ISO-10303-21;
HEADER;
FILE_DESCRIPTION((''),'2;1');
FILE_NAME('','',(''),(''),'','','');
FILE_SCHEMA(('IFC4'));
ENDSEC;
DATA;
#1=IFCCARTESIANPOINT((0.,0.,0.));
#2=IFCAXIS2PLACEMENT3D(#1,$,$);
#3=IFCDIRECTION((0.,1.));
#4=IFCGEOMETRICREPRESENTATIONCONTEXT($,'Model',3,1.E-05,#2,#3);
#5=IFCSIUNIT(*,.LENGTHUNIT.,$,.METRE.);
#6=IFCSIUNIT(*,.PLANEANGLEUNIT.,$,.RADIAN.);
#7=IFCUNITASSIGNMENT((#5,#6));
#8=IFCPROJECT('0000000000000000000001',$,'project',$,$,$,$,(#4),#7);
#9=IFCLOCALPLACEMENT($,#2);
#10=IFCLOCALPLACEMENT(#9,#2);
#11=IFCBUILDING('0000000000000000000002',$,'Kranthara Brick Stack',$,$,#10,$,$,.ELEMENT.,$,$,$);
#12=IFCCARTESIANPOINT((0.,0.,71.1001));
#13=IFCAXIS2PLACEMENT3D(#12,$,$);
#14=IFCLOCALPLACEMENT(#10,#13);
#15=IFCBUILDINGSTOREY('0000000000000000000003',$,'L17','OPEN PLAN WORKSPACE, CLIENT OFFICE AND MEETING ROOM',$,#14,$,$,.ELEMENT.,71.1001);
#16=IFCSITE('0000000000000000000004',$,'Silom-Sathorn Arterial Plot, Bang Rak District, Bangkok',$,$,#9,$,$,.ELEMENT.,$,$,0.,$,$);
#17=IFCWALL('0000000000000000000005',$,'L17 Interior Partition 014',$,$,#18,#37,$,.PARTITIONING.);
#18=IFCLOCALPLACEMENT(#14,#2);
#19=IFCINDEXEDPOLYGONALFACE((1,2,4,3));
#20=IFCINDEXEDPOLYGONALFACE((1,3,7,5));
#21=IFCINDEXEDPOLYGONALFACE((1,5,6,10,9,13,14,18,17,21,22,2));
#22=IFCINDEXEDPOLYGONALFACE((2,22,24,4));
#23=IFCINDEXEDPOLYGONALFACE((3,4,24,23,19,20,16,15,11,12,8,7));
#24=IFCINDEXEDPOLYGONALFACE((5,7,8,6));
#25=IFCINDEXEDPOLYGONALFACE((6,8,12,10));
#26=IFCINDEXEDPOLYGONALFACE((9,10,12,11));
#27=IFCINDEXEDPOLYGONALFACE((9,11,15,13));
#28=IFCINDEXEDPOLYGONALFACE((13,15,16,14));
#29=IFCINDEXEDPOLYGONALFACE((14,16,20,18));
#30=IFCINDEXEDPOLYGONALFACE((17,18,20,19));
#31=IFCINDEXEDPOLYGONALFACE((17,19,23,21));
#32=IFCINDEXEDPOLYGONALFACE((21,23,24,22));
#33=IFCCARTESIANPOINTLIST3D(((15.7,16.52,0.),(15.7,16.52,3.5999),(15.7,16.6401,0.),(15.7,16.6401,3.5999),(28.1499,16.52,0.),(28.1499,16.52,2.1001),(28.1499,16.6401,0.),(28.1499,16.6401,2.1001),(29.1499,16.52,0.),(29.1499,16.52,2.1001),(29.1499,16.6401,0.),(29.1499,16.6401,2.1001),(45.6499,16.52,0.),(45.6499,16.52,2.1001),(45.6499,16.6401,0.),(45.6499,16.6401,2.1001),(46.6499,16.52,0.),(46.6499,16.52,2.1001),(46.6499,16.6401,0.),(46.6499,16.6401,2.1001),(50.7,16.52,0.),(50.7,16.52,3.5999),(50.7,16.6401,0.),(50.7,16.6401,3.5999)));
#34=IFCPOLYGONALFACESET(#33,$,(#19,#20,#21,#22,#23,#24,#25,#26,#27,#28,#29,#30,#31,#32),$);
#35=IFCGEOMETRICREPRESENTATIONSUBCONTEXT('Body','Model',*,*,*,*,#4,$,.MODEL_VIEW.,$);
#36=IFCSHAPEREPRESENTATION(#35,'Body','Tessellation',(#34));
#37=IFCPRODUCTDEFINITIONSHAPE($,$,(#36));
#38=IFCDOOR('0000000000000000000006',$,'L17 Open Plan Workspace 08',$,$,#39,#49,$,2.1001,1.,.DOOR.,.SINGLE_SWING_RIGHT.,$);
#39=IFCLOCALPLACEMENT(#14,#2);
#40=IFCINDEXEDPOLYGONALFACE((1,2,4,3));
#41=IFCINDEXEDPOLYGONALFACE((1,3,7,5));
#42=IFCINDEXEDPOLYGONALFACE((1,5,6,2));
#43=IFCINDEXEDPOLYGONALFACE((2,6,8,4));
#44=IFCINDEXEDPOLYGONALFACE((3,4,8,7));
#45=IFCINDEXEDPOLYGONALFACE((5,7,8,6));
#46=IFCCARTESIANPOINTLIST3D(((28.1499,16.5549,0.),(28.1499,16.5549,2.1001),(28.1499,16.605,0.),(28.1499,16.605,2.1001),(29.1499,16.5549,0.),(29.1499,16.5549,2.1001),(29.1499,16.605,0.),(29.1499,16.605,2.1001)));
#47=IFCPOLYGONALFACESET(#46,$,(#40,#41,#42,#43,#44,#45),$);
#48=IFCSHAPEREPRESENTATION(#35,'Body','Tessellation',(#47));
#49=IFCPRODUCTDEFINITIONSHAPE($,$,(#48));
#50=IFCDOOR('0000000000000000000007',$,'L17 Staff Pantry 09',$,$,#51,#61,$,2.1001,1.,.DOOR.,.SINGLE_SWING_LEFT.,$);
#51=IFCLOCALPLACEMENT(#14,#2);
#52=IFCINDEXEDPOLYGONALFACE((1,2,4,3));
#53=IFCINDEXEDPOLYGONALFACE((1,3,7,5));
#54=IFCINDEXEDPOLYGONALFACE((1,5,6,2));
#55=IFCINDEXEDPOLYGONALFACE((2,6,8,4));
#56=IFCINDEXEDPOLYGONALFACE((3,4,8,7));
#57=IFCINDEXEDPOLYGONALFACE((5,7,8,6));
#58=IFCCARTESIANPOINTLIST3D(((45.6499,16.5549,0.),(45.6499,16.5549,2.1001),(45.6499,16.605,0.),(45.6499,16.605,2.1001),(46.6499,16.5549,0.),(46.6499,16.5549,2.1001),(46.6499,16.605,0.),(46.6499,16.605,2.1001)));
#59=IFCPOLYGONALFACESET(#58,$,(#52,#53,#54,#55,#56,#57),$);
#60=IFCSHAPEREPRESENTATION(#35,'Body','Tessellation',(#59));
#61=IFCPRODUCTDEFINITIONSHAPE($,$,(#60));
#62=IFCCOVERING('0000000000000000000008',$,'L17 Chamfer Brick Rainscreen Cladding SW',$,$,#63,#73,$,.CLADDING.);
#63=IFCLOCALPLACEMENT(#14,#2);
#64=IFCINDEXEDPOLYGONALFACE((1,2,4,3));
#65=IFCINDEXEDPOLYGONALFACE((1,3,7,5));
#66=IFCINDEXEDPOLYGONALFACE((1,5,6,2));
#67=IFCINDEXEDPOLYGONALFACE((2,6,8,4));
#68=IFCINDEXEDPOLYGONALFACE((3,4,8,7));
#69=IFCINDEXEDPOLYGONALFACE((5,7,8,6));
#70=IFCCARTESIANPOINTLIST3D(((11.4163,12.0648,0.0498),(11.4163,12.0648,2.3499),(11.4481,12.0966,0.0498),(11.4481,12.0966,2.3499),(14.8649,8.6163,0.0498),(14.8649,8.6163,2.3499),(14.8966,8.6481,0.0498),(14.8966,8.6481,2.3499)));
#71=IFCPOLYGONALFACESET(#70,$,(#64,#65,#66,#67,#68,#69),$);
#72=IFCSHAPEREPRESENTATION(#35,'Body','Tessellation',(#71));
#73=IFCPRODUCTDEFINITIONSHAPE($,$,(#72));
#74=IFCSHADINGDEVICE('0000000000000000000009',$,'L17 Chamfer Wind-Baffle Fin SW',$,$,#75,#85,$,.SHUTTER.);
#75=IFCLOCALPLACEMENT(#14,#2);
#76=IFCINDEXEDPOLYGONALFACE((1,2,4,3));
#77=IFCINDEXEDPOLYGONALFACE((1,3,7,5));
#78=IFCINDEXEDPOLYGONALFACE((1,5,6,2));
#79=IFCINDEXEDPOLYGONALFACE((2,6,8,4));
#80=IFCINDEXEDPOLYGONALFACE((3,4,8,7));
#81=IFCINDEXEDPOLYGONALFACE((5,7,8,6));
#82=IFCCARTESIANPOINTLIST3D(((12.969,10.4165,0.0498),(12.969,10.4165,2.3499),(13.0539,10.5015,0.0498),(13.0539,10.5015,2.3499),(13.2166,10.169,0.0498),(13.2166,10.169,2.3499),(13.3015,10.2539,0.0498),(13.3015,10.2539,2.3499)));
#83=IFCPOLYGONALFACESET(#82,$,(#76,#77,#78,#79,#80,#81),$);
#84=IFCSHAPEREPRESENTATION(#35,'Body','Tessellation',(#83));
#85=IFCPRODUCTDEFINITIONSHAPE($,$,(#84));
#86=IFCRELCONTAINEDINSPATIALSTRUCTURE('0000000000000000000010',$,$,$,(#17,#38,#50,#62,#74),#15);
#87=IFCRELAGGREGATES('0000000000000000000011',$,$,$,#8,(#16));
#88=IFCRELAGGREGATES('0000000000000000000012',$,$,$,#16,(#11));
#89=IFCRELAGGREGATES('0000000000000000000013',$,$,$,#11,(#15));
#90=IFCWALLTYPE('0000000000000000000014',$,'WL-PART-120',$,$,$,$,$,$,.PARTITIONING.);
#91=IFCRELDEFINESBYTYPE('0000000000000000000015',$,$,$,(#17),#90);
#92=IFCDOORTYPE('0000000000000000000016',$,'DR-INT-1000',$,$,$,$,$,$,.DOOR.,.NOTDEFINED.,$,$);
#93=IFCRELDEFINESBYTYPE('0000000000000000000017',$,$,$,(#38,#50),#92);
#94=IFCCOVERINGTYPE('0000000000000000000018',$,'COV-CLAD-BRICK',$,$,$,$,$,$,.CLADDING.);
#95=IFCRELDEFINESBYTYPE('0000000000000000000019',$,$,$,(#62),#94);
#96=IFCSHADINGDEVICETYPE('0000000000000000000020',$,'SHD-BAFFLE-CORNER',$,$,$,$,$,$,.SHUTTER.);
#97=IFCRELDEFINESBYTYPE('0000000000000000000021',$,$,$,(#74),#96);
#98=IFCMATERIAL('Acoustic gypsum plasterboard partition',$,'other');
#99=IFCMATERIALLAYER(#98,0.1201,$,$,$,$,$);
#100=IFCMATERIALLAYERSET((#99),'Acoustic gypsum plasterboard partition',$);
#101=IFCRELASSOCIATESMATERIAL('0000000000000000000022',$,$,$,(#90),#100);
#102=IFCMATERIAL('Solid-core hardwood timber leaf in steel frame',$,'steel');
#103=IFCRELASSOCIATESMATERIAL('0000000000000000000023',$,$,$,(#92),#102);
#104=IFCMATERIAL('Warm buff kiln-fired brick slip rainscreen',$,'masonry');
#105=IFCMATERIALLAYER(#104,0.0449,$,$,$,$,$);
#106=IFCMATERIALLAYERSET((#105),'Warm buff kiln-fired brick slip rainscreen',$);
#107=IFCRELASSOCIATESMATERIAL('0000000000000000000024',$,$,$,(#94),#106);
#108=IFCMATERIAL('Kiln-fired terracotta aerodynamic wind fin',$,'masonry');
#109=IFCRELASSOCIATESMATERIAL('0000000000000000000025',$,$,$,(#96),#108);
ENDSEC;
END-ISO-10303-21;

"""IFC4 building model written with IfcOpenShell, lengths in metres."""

from ifc_helpers import new_model, si_unit, direction, frame, frame_2d, origin, origin_2d, place, context, subcontext, project, spatial, rectangle, extrude, material, layer, layer_set, type_object, element, fill, save


model = new_model("IFC4")

# Units and contexts
model_context = context("Model", 3, precision=1e-05, world=origin(), true_north=direction((0.0, 1.0)))
body_context = subcontext(model_context, "Body", "Model", "MODEL_VIEW")
ifc_project = project(units=[si_unit("LENGTHUNIT", "METRE"), si_unit("PLANEANGLEUNIT", "RADIAN")], contexts=[model_context])

# Site, building, storey
site_placement = place(None, origin())
site = spatial("IfcSite", under=ifc_project, at=site_placement, Name="Silom-Sathorn Arterial Plot, Bang Rak District, Bangkok", CompositionType="ELEMENT", RefElevation=0.0)
building_placement = place(site_placement, origin())
building = spatial("IfcBuilding", under=site, at=building_placement, Name="Kranthara Brick Stack", CompositionType="ELEMENT")
storey_placement = place(building_placement, frame((0.0, 0.0, 71.1001)))
storey = spatial("IfcBuildingStorey", under=building, at=storey_placement, Name="L17", Description="OPEN PLAN WORKSPACE, CLIENT OFFICE AND MEETING ROOM", CompositionType="ELEMENT", Elevation=71.1001)

# Shared definitions
ifc_material_1 = material(Name="Acoustic gypsum plasterboard partition", Category="other")
ifc_layer_1 = layer(ifc_material_1, 0.1201)
ifc_layer_set_1 = layer_set([ifc_layer_1], Name="Acoustic gypsum plasterboard partition")
wall_type_1 = type_object("IfcWallType", Name="WL-PART-120", PredefinedType="PARTITIONING", material=ifc_layer_set_1)

# Wall, openings, doors
wall_1_placement = place(storey_placement, frame((15.7, 16.5801, 0.0), z_axis=(0.0, 0.0, 1.0), x_axis=(1.0, 0.0, 0.0)))
wall_1 = element("IfcWall", 1, at=wall_1_placement, inside=storey, type_object=wall_type_1, Name="L17 Interior Partition 014", PredefinedType="PARTITIONING", context=body_context, shape_type="SweptSolid", body=[
    extrude(rectangle(XDim=35.0, YDim=0.1201, at=frame_2d((17.5, 0.0))), origin(), (0.0, 0.0, 1.0), 3.5999),
])
opening_1_placement = place(wall_1_placement, frame((12.45, 0.0, 0.0)))
opening_1 = element("IfcOpeningElement", 2, at=opening_1_placement, cuts=wall_1, PredefinedType="OPENING", context=body_context, shape_type="SweptSolid", body=[
    extrude(rectangle(XDim=1.0, YDim=2.1001, at=frame_2d((0.5, 1.05))), frame((0.0, 0.0701, 0.0), z_axis=(0.0, -1.0, 0.0), x_axis=(1.0, 0.0, 0.0)), (0.0, 0.0, 1.0), 0.1401),
])
opening_2_placement = place(wall_1_placement, frame((29.95, 0.0, 0.0)))
opening_2 = element("IfcOpeningElement", 3, at=opening_2_placement, cuts=wall_1, PredefinedType="OPENING", context=body_context, shape_type="SweptSolid", body=[
    extrude(rectangle(XDim=1.0, YDim=2.1001, at=frame_2d((0.5, 1.05))), frame((0.0, 0.0701, 0.0), z_axis=(0.0, -1.0, 0.0), x_axis=(1.0, 0.0, 0.0)), (0.0, 0.0, 1.0), 0.1401),
])
ifc_material_2 = material(Name="Solid-core hardwood timber leaf in steel frame", Category="steel")
door_type = type_object("IfcDoorType", Name="DR-INT-1000", OperationType="NOTDEFINED", PredefinedType="DOOR", material=ifc_material_2)
door_1_placement = place(opening_1_placement, origin())
door_1 = element("IfcDoor", 4, at=door_1_placement, inside=storey, type_object=door_type, Name="L17 Open Plan Workspace 08", OperationType="SINGLE_SWING_RIGHT", OverallHeight=2.1001, OverallWidth=1.0, PredefinedType="DOOR", context=body_context, shape_type="SweptSolid", body=[
    extrude(rectangle(XDim=1.0, YDim=2.1001, at=frame_2d((0.5, 1.05))), frame((0.0, 0.0249, 0.0), z_axis=(0.0, -1.0, 0.0), x_axis=(1.0, 0.0, 0.0)), (0.0, 0.0, 1.0), 0.05),
])
fill(opening_1, door_1)
door_2_placement = place(opening_2_placement, origin())
door_2 = element("IfcDoor", 5, at=door_2_placement, inside=storey, type_object=door_type, Name="L17 Staff Pantry 09", OperationType="SINGLE_SWING_LEFT", OverallHeight=2.1001, OverallWidth=1.0, PredefinedType="DOOR", context=body_context, shape_type="SweptSolid", body=[
    extrude(rectangle(XDim=1.0, YDim=2.1001, at=frame_2d((0.5, 1.05))), frame((0.0, 0.0249, 0.0), z_axis=(0.0, -1.0, 0.0), x_axis=(1.0, 0.0, 0.0)), (0.0, 0.0, 1.0), 0.05),
])
fill(opening_2, door_2)

# Covering
ifc_material_3 = material(Name="Warm buff kiln-fired brick slip rainscreen", Category="masonry")
ifc_layer_2 = layer(ifc_material_3, 0.0449)
ifc_layer_set_2 = layer_set([ifc_layer_2], Name="Warm buff kiln-fired brick slip rainscreen")
covering_type = type_object("IfcCoveringType", Name="COV-CLAD-BRICK", PredefinedType="CLADDING", material=ifc_layer_set_2)
covering_placement = place(storey_placement, frame((13.1565, 10.3564, 0.0498), z_axis=(0.0, 0.0, 1.0), x_axis=(-0.707107, 0.707107, 0.0)))
element("IfcCovering", 6, at=covering_placement, inside=storey, type_object=covering_type, Name="L17 Chamfer Brick Rainscreen Cladding SW", PredefinedType="CLADDING", context=body_context, shape_type="SweptSolid", body=[
    extrude(rectangle(XDim=4.877, YDim=0.0449, at=origin_2d()), origin(), (0.0, 0.0, 1.0), 2.3),
])

# Shading device
ifc_material_4 = material(Name="Kiln-fired terracotta aerodynamic wind fin", Category="masonry")
shading_device_type = type_object("IfcShadingDeviceType", Name="SHD-BAFFLE-CORNER", PredefinedType="SHUTTER", material=ifc_material_4)
shading_device_placement = place(storey_placement, frame((13.1353, 10.3352, 0.0498), z_axis=(0.0, 0.0, 1.0), x_axis=(-0.707107, 0.707107, 0.0)))
element("IfcShadingDevice", 7, at=shading_device_placement, inside=storey, type_object=shading_device_type, Name="L17 Chamfer Wind-Baffle Fin SW", PredefinedType="SHUTTER", context=body_context, shape_type="SweptSolid", body=[
    extrude(rectangle(XDim=0.3501, YDim=0.1201, at=origin_2d()), origin(), (0.0, 0.0, 1.0), 2.3),
])

save(model, "model.ifc")
